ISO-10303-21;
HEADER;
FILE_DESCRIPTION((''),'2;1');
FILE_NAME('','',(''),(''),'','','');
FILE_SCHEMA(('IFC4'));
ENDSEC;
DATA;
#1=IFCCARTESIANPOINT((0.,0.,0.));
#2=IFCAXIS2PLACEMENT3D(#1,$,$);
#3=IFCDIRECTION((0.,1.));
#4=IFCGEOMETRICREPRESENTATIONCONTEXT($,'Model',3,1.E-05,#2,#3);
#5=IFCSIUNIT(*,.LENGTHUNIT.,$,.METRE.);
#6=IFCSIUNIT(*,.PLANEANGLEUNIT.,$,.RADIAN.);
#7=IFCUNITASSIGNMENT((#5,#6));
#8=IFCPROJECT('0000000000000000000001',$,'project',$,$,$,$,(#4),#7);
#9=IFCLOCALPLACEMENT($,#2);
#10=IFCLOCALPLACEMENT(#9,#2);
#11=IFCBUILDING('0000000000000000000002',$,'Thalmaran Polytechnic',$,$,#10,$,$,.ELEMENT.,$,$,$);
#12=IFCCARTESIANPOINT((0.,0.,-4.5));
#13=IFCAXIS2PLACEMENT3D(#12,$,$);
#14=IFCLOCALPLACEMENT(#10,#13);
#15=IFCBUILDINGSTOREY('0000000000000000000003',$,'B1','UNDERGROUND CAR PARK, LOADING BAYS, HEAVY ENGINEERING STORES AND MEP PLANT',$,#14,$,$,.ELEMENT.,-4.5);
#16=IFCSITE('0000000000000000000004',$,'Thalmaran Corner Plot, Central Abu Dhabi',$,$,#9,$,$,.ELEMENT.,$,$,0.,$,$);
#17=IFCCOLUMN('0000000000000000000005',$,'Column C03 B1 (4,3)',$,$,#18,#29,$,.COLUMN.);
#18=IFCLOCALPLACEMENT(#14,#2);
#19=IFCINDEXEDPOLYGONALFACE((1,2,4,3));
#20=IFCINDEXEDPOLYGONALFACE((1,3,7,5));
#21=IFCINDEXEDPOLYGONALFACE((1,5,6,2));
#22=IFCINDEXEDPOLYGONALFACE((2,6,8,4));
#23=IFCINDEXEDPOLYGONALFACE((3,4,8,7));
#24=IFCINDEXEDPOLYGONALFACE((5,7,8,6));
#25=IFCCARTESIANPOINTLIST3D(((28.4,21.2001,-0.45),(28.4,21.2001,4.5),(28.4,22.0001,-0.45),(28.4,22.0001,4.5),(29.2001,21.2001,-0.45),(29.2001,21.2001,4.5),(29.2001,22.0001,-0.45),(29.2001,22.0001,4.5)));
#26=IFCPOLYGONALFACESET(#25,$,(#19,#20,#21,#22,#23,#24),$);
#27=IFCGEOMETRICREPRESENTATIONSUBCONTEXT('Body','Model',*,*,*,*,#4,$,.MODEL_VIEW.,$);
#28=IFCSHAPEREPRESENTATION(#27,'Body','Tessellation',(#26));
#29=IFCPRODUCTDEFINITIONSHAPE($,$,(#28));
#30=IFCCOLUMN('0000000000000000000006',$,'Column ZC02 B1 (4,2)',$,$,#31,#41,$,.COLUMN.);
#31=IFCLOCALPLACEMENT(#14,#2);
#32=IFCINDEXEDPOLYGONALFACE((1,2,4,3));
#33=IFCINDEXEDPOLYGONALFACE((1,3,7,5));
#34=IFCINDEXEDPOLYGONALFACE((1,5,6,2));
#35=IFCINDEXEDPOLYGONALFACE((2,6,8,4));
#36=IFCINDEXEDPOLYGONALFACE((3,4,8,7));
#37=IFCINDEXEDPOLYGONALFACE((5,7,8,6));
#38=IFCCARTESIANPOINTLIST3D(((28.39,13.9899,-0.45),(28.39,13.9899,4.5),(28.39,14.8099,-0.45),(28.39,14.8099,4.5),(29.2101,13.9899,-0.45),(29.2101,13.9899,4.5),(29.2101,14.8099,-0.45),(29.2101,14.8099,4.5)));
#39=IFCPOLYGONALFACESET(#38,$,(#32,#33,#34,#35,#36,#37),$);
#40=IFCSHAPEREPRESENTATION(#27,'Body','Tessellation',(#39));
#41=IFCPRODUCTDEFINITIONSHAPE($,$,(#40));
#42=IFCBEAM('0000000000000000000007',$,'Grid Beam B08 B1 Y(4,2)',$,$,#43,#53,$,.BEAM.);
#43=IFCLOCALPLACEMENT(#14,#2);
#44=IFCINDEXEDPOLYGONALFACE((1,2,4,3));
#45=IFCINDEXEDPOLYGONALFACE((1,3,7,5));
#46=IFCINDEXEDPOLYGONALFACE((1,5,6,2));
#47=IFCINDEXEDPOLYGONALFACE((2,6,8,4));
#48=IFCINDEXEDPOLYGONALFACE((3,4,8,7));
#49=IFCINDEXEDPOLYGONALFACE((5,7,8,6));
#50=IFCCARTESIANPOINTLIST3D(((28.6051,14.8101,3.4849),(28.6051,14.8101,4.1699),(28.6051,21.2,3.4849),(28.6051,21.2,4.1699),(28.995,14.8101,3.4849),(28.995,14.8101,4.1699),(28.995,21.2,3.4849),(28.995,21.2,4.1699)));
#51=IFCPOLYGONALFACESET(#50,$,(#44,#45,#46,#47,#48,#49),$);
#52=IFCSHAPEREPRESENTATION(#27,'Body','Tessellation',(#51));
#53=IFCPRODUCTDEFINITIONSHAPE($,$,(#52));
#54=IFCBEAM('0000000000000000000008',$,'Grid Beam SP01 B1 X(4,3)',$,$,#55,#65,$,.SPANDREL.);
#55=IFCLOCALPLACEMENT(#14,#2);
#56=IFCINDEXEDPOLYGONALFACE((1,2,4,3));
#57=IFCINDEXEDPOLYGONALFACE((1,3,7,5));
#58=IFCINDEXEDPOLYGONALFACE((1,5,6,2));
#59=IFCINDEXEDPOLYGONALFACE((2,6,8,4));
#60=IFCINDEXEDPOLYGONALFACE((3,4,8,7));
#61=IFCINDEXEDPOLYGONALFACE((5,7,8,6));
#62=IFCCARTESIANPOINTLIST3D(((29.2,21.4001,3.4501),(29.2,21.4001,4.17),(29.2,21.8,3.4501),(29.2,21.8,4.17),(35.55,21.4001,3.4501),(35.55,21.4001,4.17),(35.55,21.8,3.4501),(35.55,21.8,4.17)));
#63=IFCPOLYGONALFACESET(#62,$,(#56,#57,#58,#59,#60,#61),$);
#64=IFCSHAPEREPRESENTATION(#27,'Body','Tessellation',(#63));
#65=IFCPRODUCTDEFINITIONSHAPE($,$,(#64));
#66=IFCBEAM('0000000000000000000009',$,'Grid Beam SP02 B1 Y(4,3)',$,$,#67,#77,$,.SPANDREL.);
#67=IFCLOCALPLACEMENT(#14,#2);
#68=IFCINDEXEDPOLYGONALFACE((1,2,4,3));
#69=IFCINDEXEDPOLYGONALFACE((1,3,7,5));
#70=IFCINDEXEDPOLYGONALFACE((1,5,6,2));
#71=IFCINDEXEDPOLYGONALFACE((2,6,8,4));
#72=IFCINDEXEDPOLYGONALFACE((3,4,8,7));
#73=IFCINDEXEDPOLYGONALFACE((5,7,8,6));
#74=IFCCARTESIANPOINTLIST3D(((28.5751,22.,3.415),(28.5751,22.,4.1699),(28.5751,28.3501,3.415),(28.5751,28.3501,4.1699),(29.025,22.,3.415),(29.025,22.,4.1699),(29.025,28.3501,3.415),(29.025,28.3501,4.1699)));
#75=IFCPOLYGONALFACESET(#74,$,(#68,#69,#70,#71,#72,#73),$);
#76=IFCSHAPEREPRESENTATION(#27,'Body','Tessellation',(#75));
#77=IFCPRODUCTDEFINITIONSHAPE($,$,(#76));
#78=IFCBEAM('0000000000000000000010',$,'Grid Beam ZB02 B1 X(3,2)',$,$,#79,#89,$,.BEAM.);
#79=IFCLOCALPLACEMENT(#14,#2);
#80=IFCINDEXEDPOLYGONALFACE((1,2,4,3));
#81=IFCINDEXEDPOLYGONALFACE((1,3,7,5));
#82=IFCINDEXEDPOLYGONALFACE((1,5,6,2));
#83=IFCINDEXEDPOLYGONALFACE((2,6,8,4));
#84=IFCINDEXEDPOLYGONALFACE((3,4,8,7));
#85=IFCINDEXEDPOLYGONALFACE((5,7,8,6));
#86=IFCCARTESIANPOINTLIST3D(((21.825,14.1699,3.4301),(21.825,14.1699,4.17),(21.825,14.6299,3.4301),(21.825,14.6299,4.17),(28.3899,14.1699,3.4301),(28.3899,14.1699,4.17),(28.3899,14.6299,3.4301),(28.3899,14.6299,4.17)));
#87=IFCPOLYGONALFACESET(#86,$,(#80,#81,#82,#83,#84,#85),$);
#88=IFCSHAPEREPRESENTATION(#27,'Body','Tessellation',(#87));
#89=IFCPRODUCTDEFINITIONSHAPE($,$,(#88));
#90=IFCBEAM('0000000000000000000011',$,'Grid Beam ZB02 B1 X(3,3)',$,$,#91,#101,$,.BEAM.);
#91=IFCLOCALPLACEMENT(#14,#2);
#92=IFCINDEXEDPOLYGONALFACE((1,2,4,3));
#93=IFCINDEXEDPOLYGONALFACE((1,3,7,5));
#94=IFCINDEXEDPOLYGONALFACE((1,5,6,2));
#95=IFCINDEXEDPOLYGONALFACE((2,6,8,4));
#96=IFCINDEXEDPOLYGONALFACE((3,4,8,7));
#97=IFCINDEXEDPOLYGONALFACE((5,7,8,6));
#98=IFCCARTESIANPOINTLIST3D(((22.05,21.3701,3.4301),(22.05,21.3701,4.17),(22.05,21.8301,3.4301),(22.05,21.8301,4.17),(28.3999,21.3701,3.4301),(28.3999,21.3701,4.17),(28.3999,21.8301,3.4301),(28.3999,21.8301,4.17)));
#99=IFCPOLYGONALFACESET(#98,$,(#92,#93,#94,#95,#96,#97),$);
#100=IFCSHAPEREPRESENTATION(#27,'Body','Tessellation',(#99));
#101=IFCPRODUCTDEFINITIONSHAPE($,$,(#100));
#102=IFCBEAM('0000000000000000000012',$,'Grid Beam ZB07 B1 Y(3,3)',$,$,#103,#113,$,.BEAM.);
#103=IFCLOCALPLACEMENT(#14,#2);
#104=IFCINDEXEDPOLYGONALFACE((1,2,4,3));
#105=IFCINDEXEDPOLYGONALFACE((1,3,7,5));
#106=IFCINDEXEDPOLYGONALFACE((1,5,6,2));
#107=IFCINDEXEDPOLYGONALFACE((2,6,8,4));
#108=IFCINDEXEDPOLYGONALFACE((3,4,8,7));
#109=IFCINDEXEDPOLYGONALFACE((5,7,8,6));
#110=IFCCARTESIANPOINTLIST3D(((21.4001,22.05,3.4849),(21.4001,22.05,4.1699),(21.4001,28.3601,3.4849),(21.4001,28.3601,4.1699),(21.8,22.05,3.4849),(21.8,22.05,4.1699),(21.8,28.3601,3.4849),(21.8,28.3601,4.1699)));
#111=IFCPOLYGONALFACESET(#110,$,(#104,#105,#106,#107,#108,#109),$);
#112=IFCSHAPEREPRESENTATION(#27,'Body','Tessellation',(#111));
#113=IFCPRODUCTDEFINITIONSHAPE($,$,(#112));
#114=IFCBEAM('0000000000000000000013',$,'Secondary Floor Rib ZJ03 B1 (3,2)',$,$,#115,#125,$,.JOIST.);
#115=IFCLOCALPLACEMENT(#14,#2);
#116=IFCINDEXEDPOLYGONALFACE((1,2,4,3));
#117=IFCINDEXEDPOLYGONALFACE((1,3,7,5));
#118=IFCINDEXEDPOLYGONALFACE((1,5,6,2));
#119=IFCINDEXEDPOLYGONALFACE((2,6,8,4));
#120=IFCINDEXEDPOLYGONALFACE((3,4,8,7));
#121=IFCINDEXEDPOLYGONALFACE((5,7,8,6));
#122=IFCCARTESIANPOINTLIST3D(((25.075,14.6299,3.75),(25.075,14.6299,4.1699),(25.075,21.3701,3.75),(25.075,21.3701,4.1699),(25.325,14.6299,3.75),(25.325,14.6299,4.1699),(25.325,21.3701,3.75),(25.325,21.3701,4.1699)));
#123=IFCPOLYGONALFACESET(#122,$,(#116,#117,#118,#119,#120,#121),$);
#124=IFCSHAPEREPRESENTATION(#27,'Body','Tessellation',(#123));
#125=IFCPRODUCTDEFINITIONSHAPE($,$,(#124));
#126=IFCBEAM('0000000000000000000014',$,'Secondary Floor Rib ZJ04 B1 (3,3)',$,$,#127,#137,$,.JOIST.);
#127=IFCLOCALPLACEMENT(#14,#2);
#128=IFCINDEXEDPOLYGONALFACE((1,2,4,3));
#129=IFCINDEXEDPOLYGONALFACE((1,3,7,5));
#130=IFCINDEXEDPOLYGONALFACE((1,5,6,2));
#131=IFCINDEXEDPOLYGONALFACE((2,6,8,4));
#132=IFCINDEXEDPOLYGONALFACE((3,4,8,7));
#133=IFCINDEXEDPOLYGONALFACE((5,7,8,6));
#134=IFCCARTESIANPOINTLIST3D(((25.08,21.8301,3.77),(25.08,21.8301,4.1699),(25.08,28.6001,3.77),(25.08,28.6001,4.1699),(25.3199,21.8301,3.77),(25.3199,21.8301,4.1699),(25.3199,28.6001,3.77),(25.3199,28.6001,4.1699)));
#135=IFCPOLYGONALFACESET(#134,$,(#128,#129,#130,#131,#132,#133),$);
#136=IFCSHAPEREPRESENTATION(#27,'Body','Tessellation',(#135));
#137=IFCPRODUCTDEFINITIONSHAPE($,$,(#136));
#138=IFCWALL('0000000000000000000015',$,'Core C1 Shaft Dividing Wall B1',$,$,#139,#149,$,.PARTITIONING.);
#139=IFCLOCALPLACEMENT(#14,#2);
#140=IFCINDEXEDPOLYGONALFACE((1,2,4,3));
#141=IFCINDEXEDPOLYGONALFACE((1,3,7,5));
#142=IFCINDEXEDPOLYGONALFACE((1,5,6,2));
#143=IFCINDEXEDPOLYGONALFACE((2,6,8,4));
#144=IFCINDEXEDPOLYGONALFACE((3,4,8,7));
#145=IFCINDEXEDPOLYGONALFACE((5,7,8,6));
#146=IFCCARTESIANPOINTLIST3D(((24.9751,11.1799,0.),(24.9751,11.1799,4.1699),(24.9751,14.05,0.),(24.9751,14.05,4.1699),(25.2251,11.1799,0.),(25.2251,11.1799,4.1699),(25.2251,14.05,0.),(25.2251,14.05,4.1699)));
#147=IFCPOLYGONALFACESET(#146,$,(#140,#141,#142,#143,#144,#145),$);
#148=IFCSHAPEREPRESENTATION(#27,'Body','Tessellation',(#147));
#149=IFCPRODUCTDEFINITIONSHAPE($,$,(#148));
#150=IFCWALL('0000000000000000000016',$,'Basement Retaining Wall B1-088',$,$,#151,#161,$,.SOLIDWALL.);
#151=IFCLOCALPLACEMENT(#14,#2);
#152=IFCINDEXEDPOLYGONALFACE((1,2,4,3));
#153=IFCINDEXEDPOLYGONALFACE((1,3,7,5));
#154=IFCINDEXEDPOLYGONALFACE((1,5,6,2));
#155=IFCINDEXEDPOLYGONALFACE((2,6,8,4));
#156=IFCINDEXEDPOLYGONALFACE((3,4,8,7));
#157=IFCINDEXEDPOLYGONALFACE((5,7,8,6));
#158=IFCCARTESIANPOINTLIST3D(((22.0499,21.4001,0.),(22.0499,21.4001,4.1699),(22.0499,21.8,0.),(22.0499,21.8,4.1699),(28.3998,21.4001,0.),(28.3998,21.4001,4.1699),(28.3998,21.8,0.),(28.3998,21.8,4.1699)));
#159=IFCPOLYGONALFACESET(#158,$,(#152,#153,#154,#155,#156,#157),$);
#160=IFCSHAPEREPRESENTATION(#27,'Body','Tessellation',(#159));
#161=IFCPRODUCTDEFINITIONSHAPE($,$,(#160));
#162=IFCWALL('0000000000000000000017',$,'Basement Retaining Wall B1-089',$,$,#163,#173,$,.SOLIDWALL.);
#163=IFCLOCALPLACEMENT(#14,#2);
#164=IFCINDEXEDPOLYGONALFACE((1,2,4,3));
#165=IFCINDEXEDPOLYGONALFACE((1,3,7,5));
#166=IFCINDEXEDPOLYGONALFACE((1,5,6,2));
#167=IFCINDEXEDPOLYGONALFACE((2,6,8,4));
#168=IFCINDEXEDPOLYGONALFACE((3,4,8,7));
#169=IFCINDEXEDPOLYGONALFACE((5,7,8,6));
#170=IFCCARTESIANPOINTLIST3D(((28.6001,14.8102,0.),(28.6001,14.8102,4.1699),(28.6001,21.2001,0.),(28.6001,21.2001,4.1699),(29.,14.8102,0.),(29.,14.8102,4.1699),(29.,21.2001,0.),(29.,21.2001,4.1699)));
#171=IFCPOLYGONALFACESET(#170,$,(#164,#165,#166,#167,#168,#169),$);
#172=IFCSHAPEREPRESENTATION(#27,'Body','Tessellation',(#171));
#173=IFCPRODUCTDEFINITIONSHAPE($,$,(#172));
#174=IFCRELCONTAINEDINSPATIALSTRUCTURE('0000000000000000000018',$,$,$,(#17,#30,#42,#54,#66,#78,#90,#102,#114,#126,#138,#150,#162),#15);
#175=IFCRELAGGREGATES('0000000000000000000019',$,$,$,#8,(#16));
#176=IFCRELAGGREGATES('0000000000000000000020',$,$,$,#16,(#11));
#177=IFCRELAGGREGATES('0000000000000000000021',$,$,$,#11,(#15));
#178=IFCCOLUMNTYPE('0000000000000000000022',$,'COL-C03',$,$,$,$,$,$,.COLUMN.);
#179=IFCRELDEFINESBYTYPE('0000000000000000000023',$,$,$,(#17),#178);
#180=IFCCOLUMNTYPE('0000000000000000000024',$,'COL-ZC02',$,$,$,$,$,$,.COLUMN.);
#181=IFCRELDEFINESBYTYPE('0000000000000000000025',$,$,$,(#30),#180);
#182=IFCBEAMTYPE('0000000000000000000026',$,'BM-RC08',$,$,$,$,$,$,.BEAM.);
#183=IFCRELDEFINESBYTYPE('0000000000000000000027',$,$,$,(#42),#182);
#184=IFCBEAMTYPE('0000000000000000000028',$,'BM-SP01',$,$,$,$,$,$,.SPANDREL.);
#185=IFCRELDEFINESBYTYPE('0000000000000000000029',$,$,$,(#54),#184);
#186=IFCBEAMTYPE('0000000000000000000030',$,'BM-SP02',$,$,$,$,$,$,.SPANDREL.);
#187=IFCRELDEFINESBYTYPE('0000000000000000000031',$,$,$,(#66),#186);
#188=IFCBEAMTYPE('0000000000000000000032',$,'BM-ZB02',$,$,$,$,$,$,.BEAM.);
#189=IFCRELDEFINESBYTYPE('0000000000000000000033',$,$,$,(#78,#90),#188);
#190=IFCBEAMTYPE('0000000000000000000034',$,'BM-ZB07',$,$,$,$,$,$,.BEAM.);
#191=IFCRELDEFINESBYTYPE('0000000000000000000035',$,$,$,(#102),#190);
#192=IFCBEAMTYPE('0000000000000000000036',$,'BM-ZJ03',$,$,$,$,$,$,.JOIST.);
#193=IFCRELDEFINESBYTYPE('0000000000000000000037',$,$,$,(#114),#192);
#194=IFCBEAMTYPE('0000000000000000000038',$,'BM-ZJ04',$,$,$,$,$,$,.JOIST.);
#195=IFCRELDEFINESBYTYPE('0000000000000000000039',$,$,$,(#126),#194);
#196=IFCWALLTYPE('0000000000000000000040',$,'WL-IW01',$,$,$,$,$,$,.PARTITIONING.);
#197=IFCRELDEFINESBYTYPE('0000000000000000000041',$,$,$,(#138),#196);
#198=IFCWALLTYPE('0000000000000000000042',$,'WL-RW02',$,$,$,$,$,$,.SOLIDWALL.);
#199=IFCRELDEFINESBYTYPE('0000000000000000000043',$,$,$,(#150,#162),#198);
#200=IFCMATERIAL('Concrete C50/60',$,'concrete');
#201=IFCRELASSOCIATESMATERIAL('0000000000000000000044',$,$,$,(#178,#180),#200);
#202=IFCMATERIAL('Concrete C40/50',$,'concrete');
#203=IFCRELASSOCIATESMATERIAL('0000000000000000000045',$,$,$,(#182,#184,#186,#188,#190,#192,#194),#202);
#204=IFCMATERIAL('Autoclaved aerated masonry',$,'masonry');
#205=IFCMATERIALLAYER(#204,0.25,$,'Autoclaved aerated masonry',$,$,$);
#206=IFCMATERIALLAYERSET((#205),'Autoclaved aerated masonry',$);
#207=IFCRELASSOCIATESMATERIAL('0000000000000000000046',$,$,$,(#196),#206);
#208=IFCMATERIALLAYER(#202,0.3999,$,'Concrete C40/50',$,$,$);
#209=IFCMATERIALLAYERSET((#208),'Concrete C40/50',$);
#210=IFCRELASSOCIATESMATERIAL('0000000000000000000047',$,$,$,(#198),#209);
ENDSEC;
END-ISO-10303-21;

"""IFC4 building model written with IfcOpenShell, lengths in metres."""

from ifc_helpers import new_model, si_unit, direction, frame, frame_2d, origin, origin_2d, place, context, subcontext, project, spatial, rectangle, extrude, material, layer, layer_set, material_profile, profile_set, type_object, element, save


model = new_model("IFC4")

# Units and contexts
model_context = context("Model", 3, precision=1e-05, world=origin(), true_north=direction((0.0, 1.0)))
body_context = subcontext(model_context, "Body", "Model", "MODEL_VIEW")
ifc_project = project(units=[si_unit("LENGTHUNIT", "METRE"), si_unit("PLANEANGLEUNIT", "RADIAN")], contexts=[model_context])

# Site, building, storey
site_placement = place(None, origin())
site = spatial("IfcSite", under=ifc_project, at=site_placement, Name="Thalmaran Corner Plot, Central Abu Dhabi", CompositionType="ELEMENT", RefElevation=0.0)
building_placement = place(site_placement, origin())
building = spatial("IfcBuilding", under=site, at=building_placement, Name="Thalmaran Polytechnic", CompositionType="ELEMENT")
storey_placement = place(building_placement, frame((0.0, 0.0, -4.5)))
storey = spatial("IfcBuildingStorey", under=building, at=storey_placement, Name="B1", Description="UNDERGROUND CAR PARK, LOADING BAYS, HEAVY ENGINEERING STORES AND MEP PLANT", CompositionType="ELEMENT", Elevation=-4.5)

# Shared definitions
ifc_material_1 = material(Name="Concrete C40/50", Category="concrete")

# Columns
ifc_material_2 = material(Name="Concrete C50/60", Category="concrete")
ifc_material_profile_1 = material_profile(ifc_material_2, rectangle(XDim=0.8, YDim=0.8, at=origin_2d()), Name="RC 800x800")
ifc_profile_set_1 = profile_set([ifc_material_profile_1], Name="Concrete C50/60")
column_type_1 = type_object("IfcColumnType", Name="COL-C03", PredefinedType="COLUMN", material=ifc_profile_set_1)
column_1_placement = place(storey_placement, frame((28.8, 21.6001, -0.45), z_axis=(0.0, 0.0, 1.0), x_axis=(1.0, 0.0, 0.0)))
element("IfcColumn", 1, at=column_1_placement, inside=storey, type_object=column_type_1, Name="Column C03 B1 (4,3)", PredefinedType="COLUMN", context=body_context, shape_type="SweptSolid", body=[
    extrude(rectangle(XDim=0.8, YDim=0.8, at=origin_2d()), origin(), (0.0, 0.0, 1.0), 4.95),
])
ifc_material_profile_2 = material_profile(ifc_material_2, rectangle(XDim=0.8201, YDim=0.8201, at=origin_2d()), Name="RC 820x820")
ifc_profile_set_2 = profile_set([ifc_material_profile_2], Name="Concrete C50/60")
column_type_2 = type_object("IfcColumnType", Name="COL-ZC02", PredefinedType="COLUMN", material=ifc_profile_set_2)
column_2_placement = place(storey_placement, frame((28.8, 14.3999, -0.45), z_axis=(0.0, 0.0, 1.0), x_axis=(1.0, 0.0, 0.0)))
element("IfcColumn", 2, at=column_2_placement, inside=storey, type_object=column_type_2, Name="Column ZC02 B1 (4,2)", PredefinedType="COLUMN", context=body_context, shape_type="SweptSolid", body=[
    extrude(rectangle(XDim=0.8201, YDim=0.8201, at=origin_2d()), origin(), (0.0, 0.0, 1.0), 4.95),
])

# Beams
ifc_material_profile_3 = material_profile(ifc_material_1, rectangle(XDim=0.3899, YDim=0.6851, at=origin_2d()), Name="RC 390x685")
ifc_profile_set_3 = profile_set([ifc_material_profile_3], Name="Concrete C40/50")
beam_type_1 = type_object("IfcBeamType", Name="BM-RC08", PredefinedType="BEAM", material=ifc_profile_set_3)
beam_1_placement = place(storey_placement, frame((28.8, 14.8101, 3.8274), z_axis=(0.0, 1.0, 0.0), x_axis=(-1.0, 0.0, 0.0)))
element("IfcBeam", 3, at=beam_1_placement, inside=storey, type_object=beam_type_1, Name="Grid Beam B08 B1 Y(4,2)", PredefinedType="BEAM", context=body_context, shape_type="SweptSolid", body=[
    extrude(rectangle(XDim=0.3899, YDim=0.6851, at=origin_2d()), origin(), (0.0, 0.0, 1.0), 6.3899),
])
ifc_material_profile_4 = material_profile(ifc_material_1, rectangle(XDim=0.3999, YDim=0.72, at=origin_2d()), Name="RC 400x720")
ifc_profile_set_4 = profile_set([ifc_material_profile_4], Name="Concrete C40/50")
beam_type_2 = type_object("IfcBeamType", Name="BM-SP01", PredefinedType="SPANDREL", material=ifc_profile_set_4)
beam_2_placement = place(storey_placement, frame((29.2, 21.6001, 3.8101), z_axis=(1.0, 0.0, 0.0), x_axis=(0.0, 1.0, 0.0)))
element("IfcBeam", 4, at=beam_2_placement, inside=storey, type_object=beam_type_2, Name="Grid Beam SP01 B1 X(4,3)", PredefinedType="SPANDREL", context=body_context, shape_type="SweptSolid", body=[
    extrude(rectangle(XDim=0.3999, YDim=0.72, at=origin_2d()), origin(), (0.0, 0.0, 1.0), 6.3501),
])
ifc_material_profile_5 = material_profile(ifc_material_1, rectangle(XDim=0.45, YDim=0.7549, at=origin_2d()), Name="RC 450x755")
ifc_profile_set_5 = profile_set([ifc_material_profile_5], Name="Concrete C40/50")
beam_type_3 = type_object("IfcBeamType", Name="BM-SP02", PredefinedType="SPANDREL", material=ifc_profile_set_5)
beam_3_placement = place(storey_placement, frame((28.8, 22.0, 3.7925), z_axis=(0.0, 1.0, 0.0), x_axis=(-1.0, 0.0, 0.0)))
element("IfcBeam", 5, at=beam_3_placement, inside=storey, type_object=beam_type_3, Name="Grid Beam SP02 B1 Y(4,3)", PredefinedType="SPANDREL", context=body_context, shape_type="SweptSolid", body=[
    extrude(rectangle(XDim=0.45, YDim=0.7549, at=origin_2d()), origin(), (0.0, 0.0, 1.0), 6.3501),
])
ifc_material_profile_6 = material_profile(ifc_material_1, rectangle(XDim=0.46, YDim=0.74, at=origin_2d()), Name="RC 460x740")
ifc_profile_set_6 = profile_set([ifc_material_profile_6], Name="Concrete C40/50")
beam_type_4 = type_object("IfcBeamType", Name="BM-ZB02", PredefinedType="BEAM", material=ifc_profile_set_6)
beam_4_placement = place(storey_placement, frame((21.825, 14.3999, 3.8), z_axis=(1.0, 0.0, 0.0), x_axis=(0.0, 1.0, 0.0)))
element("IfcBeam", 6, at=beam_4_placement, inside=storey, type_object=beam_type_4, Name="Grid Beam ZB02 B1 X(3,2)", PredefinedType="BEAM", context=body_context, shape_type="SweptSolid", body=[
    extrude(rectangle(XDim=0.46, YDim=0.74, at=origin_2d()), origin(), (0.0, 0.0, 1.0), 6.5649),
])
beam_5_placement = place(storey_placement, frame((22.05, 21.6001, 3.8), z_axis=(1.0, 0.0, 0.0), x_axis=(0.0, 1.0, 0.0)))
element("IfcBeam", 7, at=beam_5_placement, inside=storey, type_object=beam_type_4, Name="Grid Beam ZB02 B1 X(3,3)", PredefinedType="BEAM", context=body_context, shape_type="SweptSolid", body=[
    extrude(rectangle(XDim=0.46, YDim=0.74, at=origin_2d()), origin(), (0.0, 0.0, 1.0), 6.3499),
])
ifc_material_profile_7 = material_profile(ifc_material_1, rectangle(XDim=0.3999, YDim=0.6851, at=origin_2d()), Name="RC 400x685")
ifc_profile_set_7 = profile_set([ifc_material_profile_7], Name="Concrete C40/50")
beam_type_5 = type_object("IfcBeamType", Name="BM-ZB07", PredefinedType="BEAM", material=ifc_profile_set_7)
beam_6_placement = place(storey_placement, frame((21.6001, 22.05, 3.8274), z_axis=(0.0, 1.0, 0.0), x_axis=(-1.0, 0.0, 0.0)))
element("IfcBeam", 8, at=beam_6_placement, inside=storey, type_object=beam_type_5, Name="Grid Beam ZB07 B1 Y(3,3)", PredefinedType="BEAM", context=body_context, shape_type="SweptSolid", body=[
    extrude(rectangle(XDim=0.3999, YDim=0.6851, at=origin_2d()), origin(), (0.0, 0.0, 1.0), 6.3101),
])
ifc_material_profile_8 = material_profile(ifc_material_1, rectangle(XDim=0.25, YDim=0.4199, at=origin_2d()), Name="RC 250x420")
ifc_profile_set_8 = profile_set([ifc_material_profile_8], Name="Concrete C40/50")
beam_type_6 = type_object("IfcBeamType", Name="BM-ZJ03", PredefinedType="JOIST", material=ifc_profile_set_8)
beam_7_placement = place(storey_placement, frame((25.2, 14.6299, 3.96), z_axis=(0.0, 1.0, 0.0), x_axis=(-1.0, 0.0, 0.0)))
element("IfcBeam", 9, at=beam_7_placement, inside=storey, type_object=beam_type_6, Name="Secondary Floor Rib ZJ03 B1 (3,2)", PredefinedType="JOIST", context=body_context, shape_type="SweptSolid", body=[
    extrude(rectangle(XDim=0.25, YDim=0.4199, at=origin_2d()), origin(), (0.0, 0.0, 1.0), 6.7402),
])
ifc_material_profile_9 = material_profile(ifc_material_1, rectangle(XDim=0.24, YDim=0.3999, at=origin_2d()), Name="RC 240x400")
ifc_profile_set_9 = profile_set([ifc_material_profile_9], Name="Concrete C40/50")
beam_type_7 = type_object("IfcBeamType", Name="BM-ZJ04", PredefinedType="JOIST", material=ifc_profile_set_9)
beam_8_placement = place(storey_placement, frame((25.2, 21.8301, 3.97), z_axis=(0.0, 1.0, 0.0), x_axis=(-1.0, 0.0, 0.0)))
element("IfcBeam", 10, at=beam_8_placement, inside=storey, type_object=beam_type_7, Name="Secondary Floor Rib ZJ04 B1 (3,3)", PredefinedType="JOIST", context=body_context, shape_type="SweptSolid", body=[
    extrude(rectangle(XDim=0.24, YDim=0.3999, at=origin_2d()), origin(), (0.0, 0.0, 1.0), 6.77),
])

# Walls
ifc_material_3 = material(Name="Autoclaved aerated masonry", Category="masonry")
ifc_layer_1 = layer(ifc_material_3, 0.25, Name="Autoclaved aerated masonry")
ifc_layer_set_1 = layer_set([ifc_layer_1], Name="Autoclaved aerated masonry")
wall_type_1 = type_object("IfcWallType", Name="WL-IW01", PredefinedType="PARTITIONING", material=ifc_layer_set_1)
wall_1_placement = place(storey_placement, frame((25.1001, 11.1799, 0.0), z_axis=(0.0, 0.0, 1.0), x_axis=(0.0, 1.0, 0.0)))
element("IfcWall", 11, at=wall_1_placement, inside=storey, type_object=wall_type_1, Name="Core C1 Shaft Dividing Wall B1", PredefinedType="PARTITIONING", context=body_context, shape_type="SweptSolid", body=[
    extrude(rectangle(XDim=2.8701, YDim=0.25, at=frame_2d((1.4351, 0.0))), origin(), (0.0, 0.0, 1.0), 4.1699),
])
ifc_layer_2 = layer(ifc_material_1, 0.3999, Name="Concrete C40/50")
ifc_layer_set_2 = layer_set([ifc_layer_2], Name="Concrete C40/50")
wall_type_2 = type_object("IfcWallType", Name="WL-RW02", PredefinedType="SOLIDWALL", material=ifc_layer_set_2)
wall_2_placement = place(storey_placement, frame((22.05, 21.6001, 0.0), z_axis=(0.0, 0.0, 1.0), x_axis=(1.0, 0.0, 0.0)))
element("IfcWall", 12, at=wall_2_placement, inside=storey, type_object=wall_type_2, Name="Basement Retaining Wall B1-088", PredefinedType="SOLIDWALL", context=body_context, shape_type="SweptSolid", body=[
    extrude(rectangle(XDim=6.3499, YDim=0.3999, at=frame_2d((3.1748, 0.0))), origin(), (0.0, 0.0, 1.0), 4.1699),
])
wall_3_placement = place(storey_placement, frame((28.8, 21.2, 0.0), z_axis=(0.0, 0.0, 1.0), x_axis=(0.0, -1.0, 0.0)))
element("IfcWall", 13, at=wall_3_placement, inside=storey, type_object=wall_type_2, Name="Basement Retaining Wall B1-089", PredefinedType="SOLIDWALL", context=body_context, shape_type="SweptSolid", body=[
    extrude(rectangle(XDim=6.3899, YDim=0.3999, at=frame_2d((3.1948, 0.0))), origin(), (0.0, 0.0, 1.0), 4.1699),
])

save(model, "model.ifc")
